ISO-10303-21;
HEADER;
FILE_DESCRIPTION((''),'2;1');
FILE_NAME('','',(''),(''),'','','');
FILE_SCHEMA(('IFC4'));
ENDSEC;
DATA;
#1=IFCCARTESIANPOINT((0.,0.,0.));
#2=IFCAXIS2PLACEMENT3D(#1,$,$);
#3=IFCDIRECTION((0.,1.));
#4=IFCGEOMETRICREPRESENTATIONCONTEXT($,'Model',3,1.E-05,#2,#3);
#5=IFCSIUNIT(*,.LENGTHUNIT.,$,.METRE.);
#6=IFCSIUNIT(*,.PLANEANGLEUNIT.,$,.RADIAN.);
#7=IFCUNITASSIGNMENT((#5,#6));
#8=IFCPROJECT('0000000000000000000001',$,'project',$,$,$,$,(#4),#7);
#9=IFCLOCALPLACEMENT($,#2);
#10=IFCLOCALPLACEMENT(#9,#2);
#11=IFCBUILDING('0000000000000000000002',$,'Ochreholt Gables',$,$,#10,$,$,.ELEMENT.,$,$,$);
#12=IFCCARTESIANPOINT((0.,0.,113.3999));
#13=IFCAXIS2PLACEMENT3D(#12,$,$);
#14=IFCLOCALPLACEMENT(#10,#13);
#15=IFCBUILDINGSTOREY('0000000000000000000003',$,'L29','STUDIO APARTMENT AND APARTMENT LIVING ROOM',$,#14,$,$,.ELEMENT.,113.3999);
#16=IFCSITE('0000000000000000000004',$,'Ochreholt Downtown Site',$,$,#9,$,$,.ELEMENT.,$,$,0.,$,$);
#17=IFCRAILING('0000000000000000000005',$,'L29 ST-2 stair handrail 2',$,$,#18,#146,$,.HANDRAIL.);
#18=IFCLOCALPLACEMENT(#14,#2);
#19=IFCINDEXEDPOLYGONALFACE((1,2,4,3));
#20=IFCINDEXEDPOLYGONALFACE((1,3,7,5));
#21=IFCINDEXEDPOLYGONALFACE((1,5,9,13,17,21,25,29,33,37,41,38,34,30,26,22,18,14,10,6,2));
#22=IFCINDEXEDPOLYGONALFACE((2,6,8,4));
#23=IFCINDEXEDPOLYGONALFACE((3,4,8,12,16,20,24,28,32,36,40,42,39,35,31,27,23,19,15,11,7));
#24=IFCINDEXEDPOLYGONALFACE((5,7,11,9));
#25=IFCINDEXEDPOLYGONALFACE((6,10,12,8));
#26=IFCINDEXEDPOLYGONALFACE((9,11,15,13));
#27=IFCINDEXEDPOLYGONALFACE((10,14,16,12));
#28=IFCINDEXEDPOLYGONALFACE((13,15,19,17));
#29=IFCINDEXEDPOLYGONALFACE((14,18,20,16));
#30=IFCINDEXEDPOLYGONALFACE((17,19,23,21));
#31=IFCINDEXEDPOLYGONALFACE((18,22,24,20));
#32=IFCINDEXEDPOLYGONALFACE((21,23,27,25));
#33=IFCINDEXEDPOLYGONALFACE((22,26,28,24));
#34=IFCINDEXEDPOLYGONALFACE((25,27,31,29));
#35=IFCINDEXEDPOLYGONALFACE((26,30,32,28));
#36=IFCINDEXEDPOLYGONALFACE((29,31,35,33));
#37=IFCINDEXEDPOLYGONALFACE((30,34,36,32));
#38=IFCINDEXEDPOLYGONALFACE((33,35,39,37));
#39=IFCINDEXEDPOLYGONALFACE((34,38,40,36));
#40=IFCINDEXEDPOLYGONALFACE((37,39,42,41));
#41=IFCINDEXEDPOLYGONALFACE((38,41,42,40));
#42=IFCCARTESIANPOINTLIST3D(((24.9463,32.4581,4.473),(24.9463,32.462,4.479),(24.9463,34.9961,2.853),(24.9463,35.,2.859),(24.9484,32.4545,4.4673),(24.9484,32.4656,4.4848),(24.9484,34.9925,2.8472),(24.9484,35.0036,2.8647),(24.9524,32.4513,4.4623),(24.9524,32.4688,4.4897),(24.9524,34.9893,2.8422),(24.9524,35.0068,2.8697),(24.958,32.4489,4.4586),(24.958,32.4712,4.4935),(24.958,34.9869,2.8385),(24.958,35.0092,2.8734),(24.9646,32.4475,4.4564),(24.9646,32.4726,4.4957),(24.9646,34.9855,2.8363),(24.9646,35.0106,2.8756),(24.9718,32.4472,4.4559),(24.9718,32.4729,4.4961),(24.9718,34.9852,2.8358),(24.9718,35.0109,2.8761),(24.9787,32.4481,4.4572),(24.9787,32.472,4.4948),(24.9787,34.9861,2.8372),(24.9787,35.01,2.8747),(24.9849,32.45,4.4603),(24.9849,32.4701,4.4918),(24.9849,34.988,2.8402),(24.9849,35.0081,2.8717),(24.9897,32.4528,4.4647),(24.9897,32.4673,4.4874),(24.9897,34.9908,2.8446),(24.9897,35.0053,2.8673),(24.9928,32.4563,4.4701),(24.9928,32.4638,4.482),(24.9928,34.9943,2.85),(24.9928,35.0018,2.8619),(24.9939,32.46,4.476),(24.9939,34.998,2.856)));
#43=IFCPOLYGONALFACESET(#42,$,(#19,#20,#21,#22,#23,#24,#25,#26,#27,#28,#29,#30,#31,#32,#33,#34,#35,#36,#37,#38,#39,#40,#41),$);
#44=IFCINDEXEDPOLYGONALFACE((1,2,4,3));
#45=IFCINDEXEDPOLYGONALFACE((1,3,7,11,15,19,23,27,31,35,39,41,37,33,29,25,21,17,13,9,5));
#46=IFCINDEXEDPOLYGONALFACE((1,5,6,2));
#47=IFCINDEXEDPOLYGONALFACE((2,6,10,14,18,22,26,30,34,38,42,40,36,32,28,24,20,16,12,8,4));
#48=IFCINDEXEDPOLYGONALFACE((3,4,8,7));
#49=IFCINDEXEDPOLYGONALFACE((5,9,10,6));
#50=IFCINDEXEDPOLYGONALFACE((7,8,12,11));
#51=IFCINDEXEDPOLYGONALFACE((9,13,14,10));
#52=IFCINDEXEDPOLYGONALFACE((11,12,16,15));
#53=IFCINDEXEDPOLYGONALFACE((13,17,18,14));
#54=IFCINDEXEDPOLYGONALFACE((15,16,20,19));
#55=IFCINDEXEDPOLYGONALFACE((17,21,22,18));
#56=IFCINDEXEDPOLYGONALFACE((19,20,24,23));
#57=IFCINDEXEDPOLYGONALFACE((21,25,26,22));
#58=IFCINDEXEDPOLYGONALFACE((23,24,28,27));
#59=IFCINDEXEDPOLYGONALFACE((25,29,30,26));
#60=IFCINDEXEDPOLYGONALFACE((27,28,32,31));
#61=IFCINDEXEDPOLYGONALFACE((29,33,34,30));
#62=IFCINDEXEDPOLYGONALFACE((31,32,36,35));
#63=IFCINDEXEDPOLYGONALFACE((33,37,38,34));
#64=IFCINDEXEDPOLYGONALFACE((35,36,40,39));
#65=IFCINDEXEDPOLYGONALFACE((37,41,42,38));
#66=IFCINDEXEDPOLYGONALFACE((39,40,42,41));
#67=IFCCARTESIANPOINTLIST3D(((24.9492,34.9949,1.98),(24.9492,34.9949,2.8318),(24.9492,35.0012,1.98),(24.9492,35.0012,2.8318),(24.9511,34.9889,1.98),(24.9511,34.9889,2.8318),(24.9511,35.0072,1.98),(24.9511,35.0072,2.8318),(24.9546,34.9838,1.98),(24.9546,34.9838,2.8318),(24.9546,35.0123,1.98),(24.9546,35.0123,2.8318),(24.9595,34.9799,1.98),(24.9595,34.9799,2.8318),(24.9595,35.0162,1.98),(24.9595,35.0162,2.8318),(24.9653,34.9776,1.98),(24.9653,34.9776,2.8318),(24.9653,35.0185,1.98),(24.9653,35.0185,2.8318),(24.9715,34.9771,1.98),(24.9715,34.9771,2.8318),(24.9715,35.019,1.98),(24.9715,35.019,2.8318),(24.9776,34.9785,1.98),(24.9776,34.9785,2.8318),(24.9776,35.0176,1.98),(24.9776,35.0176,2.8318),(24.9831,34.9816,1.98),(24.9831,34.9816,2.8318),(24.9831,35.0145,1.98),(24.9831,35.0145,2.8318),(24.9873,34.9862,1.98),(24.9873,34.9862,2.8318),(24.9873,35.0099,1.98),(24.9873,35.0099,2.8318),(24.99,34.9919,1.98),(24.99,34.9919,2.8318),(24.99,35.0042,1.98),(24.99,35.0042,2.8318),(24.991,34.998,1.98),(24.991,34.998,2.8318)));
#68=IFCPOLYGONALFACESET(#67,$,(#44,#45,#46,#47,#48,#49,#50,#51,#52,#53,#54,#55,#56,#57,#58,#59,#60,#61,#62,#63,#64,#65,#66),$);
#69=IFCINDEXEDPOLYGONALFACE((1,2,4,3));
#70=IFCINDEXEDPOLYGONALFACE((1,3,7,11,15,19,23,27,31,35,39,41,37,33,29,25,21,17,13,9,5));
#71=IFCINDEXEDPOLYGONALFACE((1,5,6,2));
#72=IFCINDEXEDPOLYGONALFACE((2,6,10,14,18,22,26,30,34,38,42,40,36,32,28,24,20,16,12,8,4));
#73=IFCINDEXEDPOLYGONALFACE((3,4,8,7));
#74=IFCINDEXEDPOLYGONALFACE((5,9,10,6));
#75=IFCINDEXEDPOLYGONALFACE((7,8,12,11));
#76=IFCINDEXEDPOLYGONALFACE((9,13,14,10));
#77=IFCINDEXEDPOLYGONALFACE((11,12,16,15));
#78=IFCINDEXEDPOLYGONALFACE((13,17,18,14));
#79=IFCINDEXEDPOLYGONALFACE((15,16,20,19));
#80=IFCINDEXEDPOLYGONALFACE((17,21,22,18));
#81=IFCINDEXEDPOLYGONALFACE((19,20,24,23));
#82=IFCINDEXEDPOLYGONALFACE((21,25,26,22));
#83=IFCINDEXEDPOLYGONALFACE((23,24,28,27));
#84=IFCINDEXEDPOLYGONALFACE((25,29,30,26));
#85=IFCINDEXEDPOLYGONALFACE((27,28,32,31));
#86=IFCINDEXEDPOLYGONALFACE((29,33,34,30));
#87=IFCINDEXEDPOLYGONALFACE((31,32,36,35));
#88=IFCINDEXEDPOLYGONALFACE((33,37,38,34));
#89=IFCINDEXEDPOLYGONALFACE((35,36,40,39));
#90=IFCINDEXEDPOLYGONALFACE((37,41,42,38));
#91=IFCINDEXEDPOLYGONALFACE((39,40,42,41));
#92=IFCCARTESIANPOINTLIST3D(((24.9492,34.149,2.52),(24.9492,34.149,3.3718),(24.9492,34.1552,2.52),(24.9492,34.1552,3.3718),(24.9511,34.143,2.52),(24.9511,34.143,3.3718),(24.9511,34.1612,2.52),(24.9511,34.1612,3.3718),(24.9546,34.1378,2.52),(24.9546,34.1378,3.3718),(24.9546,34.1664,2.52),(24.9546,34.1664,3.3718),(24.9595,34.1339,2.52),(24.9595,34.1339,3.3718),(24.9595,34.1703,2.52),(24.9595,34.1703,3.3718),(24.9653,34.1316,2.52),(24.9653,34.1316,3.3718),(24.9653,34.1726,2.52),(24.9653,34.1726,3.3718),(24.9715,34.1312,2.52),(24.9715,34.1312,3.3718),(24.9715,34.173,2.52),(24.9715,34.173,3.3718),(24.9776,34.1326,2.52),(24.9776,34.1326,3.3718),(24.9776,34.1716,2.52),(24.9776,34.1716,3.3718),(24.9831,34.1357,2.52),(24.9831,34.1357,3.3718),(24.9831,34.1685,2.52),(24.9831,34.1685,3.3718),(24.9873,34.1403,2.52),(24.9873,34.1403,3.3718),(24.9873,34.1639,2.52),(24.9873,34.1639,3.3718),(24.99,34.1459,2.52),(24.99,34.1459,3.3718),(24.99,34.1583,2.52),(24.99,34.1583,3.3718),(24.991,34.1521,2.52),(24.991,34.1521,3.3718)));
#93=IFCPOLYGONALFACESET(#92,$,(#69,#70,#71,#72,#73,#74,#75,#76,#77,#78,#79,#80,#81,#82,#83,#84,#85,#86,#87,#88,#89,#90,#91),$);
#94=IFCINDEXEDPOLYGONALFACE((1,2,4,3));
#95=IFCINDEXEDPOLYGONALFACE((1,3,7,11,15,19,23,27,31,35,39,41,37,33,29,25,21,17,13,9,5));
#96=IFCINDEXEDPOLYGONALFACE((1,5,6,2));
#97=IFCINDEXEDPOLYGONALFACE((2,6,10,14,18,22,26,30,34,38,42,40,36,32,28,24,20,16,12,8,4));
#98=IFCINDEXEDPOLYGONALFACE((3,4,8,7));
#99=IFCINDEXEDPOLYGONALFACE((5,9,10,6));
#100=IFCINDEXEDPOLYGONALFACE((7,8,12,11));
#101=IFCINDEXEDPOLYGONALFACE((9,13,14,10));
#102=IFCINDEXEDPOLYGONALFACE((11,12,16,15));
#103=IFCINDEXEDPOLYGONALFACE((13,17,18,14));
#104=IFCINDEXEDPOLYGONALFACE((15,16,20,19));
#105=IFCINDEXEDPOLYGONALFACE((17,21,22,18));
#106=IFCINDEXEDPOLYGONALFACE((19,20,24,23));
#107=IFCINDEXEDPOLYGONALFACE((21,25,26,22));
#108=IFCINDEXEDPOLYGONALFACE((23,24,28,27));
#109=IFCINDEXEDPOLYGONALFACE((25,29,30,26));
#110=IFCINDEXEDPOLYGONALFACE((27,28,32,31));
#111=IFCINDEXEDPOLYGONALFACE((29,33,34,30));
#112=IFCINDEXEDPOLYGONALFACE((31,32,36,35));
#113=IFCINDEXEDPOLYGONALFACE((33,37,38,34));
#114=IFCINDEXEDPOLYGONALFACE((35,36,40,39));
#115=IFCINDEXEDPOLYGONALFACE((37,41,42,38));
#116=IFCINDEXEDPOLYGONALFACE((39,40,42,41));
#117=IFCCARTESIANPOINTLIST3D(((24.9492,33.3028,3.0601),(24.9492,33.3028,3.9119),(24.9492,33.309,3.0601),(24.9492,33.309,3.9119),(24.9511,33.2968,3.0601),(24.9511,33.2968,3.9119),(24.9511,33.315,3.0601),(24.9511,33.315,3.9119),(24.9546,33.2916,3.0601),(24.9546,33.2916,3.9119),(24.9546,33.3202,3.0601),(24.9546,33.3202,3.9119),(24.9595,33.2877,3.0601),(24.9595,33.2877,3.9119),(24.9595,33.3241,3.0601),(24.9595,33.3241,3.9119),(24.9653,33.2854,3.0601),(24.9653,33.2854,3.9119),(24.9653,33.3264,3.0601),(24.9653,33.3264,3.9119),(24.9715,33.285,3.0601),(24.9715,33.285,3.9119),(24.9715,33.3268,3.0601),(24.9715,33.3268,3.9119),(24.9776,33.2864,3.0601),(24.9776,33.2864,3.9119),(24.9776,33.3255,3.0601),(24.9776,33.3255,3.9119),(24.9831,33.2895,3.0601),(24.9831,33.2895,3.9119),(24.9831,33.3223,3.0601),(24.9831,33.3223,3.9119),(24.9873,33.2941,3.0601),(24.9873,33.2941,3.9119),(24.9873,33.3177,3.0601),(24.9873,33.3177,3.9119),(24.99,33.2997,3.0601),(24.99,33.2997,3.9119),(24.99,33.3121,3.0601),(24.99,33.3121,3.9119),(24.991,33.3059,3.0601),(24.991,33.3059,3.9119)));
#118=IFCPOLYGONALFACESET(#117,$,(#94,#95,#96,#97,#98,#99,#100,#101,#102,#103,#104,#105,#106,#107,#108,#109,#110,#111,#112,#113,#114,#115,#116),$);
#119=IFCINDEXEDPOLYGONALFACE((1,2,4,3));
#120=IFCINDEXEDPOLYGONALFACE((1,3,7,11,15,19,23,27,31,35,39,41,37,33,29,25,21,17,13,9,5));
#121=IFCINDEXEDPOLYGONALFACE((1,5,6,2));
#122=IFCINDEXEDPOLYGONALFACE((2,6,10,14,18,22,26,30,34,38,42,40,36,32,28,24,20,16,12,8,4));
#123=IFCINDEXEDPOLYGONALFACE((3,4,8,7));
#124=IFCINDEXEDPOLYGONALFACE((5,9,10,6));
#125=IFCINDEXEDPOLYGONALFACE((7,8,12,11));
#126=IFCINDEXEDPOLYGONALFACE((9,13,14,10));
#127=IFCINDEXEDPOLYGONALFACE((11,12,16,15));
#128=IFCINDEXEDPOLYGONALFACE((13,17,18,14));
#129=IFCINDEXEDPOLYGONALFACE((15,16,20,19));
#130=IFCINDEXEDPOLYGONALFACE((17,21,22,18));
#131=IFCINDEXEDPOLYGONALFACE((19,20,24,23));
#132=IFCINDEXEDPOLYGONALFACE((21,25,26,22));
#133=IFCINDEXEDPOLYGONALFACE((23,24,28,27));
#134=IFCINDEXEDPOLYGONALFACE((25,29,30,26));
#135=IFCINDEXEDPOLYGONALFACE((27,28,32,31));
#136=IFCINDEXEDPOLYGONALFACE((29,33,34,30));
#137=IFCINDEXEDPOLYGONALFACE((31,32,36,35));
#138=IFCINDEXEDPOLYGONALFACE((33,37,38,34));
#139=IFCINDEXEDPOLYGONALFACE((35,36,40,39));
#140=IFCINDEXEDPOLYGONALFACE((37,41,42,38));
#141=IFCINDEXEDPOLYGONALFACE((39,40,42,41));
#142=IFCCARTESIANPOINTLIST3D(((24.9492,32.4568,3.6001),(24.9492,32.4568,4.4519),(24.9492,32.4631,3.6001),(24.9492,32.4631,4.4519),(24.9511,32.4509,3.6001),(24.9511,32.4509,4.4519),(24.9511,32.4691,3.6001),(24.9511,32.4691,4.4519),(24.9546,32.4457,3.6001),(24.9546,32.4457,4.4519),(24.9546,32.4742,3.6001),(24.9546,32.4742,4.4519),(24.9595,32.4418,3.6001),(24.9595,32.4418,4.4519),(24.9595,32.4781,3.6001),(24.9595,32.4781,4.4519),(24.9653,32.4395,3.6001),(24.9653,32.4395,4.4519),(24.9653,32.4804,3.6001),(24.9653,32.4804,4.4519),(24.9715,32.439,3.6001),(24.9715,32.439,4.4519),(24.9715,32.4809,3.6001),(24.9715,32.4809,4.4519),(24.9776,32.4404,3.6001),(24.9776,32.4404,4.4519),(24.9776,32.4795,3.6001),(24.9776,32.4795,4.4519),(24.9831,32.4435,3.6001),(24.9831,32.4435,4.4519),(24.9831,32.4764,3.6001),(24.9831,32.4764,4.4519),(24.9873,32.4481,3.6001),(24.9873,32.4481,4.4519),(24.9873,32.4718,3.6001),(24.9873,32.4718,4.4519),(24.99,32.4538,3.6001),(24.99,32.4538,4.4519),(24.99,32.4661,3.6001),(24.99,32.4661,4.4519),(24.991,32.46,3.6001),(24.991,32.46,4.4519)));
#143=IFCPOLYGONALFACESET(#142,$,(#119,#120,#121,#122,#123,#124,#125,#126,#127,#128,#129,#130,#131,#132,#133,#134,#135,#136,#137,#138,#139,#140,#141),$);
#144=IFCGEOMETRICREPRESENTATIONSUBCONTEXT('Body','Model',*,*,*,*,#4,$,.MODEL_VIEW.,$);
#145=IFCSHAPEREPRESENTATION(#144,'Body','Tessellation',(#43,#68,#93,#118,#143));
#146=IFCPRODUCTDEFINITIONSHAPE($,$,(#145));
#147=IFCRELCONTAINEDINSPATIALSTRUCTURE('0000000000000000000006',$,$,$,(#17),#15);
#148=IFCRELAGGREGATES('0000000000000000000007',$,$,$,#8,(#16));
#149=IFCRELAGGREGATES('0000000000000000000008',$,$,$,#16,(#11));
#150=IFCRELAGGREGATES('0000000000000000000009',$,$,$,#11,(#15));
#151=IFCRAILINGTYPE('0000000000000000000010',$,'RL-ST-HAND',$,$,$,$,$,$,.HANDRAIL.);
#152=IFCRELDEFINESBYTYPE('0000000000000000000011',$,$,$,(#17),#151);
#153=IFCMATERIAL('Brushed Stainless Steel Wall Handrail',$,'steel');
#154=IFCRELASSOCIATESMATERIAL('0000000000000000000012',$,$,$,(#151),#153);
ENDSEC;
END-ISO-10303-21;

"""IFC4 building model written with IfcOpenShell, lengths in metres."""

from ifc_helpers import new_model, si_unit, direction, frame, origin, origin_2d, place, context, subcontext, project, spatial, circle, extrude, material, type_object, element, save


model = new_model("IFC4")

# Units and contexts
model_context = context("Model", 3, precision=1e-05, world=origin(), true_north=direction((0.0, 1.0)))
body_context = subcontext(model_context, "Body", "Model", "MODEL_VIEW")
ifc_project = project(units=[si_unit("LENGTHUNIT", "METRE"), si_unit("PLANEANGLEUNIT", "RADIAN")], contexts=[model_context])

# Site, building, storey
site_placement = place(None, origin())
site = spatial("IfcSite", under=ifc_project, at=site_placement, Name="Ochreholt Downtown Site", CompositionType="ELEMENT", RefElevation=0.0)
building_placement = place(site_placement, origin())
building = spatial("IfcBuilding", under=site, at=building_placement, Name="Ochreholt Gables", CompositionType="ELEMENT")
storey_placement = place(building_placement, frame((0.0, 0.0, 113.3999)))
storey = spatial("IfcBuildingStorey", under=building, at=storey_placement, Name="L29", Description="STUDIO APARTMENT AND APARTMENT LIVING ROOM", CompositionType="ELEMENT", Elevation=113.3999)

# Railing
ifc_material_1 = material(Name="Brushed Stainless Steel Wall Handrail", Category="steel")
railing_type_1 = type_object("IfcRailingType", Name="RL-ST-HAND", PredefinedType="HANDRAIL", material=ifc_material_1)
railing_1_placement = place(storey_placement, frame((24.97, 34.998, 1.98)))
element("IfcRailing", 1, at=railing_1_placement, inside=storey, type_object=railing_type_1, Name="L29 ST-2 stair handrail 2", PredefinedType="HANDRAIL", context=body_context, shape_type="SweptSolid", body=[
    extrude(circle(Radius=0.0239, at=origin_2d()), frame((0.0, 0.0, 0.876), z_axis=(0.0, -0.842913, 0.53805), x_axis=(1.0, 0.0, 0.0)), (0.0, 0.0, 1.0), 3.011),
    extrude(circle(Radius=0.021, at=origin_2d()), origin(), (0.0, 0.0, 1.0), 0.8518),
    extrude(circle(Radius=0.021, at=origin_2d()), frame((0.0, -0.8459, 0.54)), (0.0, 0.0, 1.0), 0.8518),
    extrude(circle(Radius=0.021, at=origin_2d()), frame((0.0, -1.6921, 1.0801)), (0.0, 0.0, 1.0), 0.8518),
    extrude(circle(Radius=0.021, at=origin_2d()), frame((0.0, -2.5381, 1.6201)), (0.0, 0.0, 1.0), 0.8518),
])

save(model, "model.ifc")
